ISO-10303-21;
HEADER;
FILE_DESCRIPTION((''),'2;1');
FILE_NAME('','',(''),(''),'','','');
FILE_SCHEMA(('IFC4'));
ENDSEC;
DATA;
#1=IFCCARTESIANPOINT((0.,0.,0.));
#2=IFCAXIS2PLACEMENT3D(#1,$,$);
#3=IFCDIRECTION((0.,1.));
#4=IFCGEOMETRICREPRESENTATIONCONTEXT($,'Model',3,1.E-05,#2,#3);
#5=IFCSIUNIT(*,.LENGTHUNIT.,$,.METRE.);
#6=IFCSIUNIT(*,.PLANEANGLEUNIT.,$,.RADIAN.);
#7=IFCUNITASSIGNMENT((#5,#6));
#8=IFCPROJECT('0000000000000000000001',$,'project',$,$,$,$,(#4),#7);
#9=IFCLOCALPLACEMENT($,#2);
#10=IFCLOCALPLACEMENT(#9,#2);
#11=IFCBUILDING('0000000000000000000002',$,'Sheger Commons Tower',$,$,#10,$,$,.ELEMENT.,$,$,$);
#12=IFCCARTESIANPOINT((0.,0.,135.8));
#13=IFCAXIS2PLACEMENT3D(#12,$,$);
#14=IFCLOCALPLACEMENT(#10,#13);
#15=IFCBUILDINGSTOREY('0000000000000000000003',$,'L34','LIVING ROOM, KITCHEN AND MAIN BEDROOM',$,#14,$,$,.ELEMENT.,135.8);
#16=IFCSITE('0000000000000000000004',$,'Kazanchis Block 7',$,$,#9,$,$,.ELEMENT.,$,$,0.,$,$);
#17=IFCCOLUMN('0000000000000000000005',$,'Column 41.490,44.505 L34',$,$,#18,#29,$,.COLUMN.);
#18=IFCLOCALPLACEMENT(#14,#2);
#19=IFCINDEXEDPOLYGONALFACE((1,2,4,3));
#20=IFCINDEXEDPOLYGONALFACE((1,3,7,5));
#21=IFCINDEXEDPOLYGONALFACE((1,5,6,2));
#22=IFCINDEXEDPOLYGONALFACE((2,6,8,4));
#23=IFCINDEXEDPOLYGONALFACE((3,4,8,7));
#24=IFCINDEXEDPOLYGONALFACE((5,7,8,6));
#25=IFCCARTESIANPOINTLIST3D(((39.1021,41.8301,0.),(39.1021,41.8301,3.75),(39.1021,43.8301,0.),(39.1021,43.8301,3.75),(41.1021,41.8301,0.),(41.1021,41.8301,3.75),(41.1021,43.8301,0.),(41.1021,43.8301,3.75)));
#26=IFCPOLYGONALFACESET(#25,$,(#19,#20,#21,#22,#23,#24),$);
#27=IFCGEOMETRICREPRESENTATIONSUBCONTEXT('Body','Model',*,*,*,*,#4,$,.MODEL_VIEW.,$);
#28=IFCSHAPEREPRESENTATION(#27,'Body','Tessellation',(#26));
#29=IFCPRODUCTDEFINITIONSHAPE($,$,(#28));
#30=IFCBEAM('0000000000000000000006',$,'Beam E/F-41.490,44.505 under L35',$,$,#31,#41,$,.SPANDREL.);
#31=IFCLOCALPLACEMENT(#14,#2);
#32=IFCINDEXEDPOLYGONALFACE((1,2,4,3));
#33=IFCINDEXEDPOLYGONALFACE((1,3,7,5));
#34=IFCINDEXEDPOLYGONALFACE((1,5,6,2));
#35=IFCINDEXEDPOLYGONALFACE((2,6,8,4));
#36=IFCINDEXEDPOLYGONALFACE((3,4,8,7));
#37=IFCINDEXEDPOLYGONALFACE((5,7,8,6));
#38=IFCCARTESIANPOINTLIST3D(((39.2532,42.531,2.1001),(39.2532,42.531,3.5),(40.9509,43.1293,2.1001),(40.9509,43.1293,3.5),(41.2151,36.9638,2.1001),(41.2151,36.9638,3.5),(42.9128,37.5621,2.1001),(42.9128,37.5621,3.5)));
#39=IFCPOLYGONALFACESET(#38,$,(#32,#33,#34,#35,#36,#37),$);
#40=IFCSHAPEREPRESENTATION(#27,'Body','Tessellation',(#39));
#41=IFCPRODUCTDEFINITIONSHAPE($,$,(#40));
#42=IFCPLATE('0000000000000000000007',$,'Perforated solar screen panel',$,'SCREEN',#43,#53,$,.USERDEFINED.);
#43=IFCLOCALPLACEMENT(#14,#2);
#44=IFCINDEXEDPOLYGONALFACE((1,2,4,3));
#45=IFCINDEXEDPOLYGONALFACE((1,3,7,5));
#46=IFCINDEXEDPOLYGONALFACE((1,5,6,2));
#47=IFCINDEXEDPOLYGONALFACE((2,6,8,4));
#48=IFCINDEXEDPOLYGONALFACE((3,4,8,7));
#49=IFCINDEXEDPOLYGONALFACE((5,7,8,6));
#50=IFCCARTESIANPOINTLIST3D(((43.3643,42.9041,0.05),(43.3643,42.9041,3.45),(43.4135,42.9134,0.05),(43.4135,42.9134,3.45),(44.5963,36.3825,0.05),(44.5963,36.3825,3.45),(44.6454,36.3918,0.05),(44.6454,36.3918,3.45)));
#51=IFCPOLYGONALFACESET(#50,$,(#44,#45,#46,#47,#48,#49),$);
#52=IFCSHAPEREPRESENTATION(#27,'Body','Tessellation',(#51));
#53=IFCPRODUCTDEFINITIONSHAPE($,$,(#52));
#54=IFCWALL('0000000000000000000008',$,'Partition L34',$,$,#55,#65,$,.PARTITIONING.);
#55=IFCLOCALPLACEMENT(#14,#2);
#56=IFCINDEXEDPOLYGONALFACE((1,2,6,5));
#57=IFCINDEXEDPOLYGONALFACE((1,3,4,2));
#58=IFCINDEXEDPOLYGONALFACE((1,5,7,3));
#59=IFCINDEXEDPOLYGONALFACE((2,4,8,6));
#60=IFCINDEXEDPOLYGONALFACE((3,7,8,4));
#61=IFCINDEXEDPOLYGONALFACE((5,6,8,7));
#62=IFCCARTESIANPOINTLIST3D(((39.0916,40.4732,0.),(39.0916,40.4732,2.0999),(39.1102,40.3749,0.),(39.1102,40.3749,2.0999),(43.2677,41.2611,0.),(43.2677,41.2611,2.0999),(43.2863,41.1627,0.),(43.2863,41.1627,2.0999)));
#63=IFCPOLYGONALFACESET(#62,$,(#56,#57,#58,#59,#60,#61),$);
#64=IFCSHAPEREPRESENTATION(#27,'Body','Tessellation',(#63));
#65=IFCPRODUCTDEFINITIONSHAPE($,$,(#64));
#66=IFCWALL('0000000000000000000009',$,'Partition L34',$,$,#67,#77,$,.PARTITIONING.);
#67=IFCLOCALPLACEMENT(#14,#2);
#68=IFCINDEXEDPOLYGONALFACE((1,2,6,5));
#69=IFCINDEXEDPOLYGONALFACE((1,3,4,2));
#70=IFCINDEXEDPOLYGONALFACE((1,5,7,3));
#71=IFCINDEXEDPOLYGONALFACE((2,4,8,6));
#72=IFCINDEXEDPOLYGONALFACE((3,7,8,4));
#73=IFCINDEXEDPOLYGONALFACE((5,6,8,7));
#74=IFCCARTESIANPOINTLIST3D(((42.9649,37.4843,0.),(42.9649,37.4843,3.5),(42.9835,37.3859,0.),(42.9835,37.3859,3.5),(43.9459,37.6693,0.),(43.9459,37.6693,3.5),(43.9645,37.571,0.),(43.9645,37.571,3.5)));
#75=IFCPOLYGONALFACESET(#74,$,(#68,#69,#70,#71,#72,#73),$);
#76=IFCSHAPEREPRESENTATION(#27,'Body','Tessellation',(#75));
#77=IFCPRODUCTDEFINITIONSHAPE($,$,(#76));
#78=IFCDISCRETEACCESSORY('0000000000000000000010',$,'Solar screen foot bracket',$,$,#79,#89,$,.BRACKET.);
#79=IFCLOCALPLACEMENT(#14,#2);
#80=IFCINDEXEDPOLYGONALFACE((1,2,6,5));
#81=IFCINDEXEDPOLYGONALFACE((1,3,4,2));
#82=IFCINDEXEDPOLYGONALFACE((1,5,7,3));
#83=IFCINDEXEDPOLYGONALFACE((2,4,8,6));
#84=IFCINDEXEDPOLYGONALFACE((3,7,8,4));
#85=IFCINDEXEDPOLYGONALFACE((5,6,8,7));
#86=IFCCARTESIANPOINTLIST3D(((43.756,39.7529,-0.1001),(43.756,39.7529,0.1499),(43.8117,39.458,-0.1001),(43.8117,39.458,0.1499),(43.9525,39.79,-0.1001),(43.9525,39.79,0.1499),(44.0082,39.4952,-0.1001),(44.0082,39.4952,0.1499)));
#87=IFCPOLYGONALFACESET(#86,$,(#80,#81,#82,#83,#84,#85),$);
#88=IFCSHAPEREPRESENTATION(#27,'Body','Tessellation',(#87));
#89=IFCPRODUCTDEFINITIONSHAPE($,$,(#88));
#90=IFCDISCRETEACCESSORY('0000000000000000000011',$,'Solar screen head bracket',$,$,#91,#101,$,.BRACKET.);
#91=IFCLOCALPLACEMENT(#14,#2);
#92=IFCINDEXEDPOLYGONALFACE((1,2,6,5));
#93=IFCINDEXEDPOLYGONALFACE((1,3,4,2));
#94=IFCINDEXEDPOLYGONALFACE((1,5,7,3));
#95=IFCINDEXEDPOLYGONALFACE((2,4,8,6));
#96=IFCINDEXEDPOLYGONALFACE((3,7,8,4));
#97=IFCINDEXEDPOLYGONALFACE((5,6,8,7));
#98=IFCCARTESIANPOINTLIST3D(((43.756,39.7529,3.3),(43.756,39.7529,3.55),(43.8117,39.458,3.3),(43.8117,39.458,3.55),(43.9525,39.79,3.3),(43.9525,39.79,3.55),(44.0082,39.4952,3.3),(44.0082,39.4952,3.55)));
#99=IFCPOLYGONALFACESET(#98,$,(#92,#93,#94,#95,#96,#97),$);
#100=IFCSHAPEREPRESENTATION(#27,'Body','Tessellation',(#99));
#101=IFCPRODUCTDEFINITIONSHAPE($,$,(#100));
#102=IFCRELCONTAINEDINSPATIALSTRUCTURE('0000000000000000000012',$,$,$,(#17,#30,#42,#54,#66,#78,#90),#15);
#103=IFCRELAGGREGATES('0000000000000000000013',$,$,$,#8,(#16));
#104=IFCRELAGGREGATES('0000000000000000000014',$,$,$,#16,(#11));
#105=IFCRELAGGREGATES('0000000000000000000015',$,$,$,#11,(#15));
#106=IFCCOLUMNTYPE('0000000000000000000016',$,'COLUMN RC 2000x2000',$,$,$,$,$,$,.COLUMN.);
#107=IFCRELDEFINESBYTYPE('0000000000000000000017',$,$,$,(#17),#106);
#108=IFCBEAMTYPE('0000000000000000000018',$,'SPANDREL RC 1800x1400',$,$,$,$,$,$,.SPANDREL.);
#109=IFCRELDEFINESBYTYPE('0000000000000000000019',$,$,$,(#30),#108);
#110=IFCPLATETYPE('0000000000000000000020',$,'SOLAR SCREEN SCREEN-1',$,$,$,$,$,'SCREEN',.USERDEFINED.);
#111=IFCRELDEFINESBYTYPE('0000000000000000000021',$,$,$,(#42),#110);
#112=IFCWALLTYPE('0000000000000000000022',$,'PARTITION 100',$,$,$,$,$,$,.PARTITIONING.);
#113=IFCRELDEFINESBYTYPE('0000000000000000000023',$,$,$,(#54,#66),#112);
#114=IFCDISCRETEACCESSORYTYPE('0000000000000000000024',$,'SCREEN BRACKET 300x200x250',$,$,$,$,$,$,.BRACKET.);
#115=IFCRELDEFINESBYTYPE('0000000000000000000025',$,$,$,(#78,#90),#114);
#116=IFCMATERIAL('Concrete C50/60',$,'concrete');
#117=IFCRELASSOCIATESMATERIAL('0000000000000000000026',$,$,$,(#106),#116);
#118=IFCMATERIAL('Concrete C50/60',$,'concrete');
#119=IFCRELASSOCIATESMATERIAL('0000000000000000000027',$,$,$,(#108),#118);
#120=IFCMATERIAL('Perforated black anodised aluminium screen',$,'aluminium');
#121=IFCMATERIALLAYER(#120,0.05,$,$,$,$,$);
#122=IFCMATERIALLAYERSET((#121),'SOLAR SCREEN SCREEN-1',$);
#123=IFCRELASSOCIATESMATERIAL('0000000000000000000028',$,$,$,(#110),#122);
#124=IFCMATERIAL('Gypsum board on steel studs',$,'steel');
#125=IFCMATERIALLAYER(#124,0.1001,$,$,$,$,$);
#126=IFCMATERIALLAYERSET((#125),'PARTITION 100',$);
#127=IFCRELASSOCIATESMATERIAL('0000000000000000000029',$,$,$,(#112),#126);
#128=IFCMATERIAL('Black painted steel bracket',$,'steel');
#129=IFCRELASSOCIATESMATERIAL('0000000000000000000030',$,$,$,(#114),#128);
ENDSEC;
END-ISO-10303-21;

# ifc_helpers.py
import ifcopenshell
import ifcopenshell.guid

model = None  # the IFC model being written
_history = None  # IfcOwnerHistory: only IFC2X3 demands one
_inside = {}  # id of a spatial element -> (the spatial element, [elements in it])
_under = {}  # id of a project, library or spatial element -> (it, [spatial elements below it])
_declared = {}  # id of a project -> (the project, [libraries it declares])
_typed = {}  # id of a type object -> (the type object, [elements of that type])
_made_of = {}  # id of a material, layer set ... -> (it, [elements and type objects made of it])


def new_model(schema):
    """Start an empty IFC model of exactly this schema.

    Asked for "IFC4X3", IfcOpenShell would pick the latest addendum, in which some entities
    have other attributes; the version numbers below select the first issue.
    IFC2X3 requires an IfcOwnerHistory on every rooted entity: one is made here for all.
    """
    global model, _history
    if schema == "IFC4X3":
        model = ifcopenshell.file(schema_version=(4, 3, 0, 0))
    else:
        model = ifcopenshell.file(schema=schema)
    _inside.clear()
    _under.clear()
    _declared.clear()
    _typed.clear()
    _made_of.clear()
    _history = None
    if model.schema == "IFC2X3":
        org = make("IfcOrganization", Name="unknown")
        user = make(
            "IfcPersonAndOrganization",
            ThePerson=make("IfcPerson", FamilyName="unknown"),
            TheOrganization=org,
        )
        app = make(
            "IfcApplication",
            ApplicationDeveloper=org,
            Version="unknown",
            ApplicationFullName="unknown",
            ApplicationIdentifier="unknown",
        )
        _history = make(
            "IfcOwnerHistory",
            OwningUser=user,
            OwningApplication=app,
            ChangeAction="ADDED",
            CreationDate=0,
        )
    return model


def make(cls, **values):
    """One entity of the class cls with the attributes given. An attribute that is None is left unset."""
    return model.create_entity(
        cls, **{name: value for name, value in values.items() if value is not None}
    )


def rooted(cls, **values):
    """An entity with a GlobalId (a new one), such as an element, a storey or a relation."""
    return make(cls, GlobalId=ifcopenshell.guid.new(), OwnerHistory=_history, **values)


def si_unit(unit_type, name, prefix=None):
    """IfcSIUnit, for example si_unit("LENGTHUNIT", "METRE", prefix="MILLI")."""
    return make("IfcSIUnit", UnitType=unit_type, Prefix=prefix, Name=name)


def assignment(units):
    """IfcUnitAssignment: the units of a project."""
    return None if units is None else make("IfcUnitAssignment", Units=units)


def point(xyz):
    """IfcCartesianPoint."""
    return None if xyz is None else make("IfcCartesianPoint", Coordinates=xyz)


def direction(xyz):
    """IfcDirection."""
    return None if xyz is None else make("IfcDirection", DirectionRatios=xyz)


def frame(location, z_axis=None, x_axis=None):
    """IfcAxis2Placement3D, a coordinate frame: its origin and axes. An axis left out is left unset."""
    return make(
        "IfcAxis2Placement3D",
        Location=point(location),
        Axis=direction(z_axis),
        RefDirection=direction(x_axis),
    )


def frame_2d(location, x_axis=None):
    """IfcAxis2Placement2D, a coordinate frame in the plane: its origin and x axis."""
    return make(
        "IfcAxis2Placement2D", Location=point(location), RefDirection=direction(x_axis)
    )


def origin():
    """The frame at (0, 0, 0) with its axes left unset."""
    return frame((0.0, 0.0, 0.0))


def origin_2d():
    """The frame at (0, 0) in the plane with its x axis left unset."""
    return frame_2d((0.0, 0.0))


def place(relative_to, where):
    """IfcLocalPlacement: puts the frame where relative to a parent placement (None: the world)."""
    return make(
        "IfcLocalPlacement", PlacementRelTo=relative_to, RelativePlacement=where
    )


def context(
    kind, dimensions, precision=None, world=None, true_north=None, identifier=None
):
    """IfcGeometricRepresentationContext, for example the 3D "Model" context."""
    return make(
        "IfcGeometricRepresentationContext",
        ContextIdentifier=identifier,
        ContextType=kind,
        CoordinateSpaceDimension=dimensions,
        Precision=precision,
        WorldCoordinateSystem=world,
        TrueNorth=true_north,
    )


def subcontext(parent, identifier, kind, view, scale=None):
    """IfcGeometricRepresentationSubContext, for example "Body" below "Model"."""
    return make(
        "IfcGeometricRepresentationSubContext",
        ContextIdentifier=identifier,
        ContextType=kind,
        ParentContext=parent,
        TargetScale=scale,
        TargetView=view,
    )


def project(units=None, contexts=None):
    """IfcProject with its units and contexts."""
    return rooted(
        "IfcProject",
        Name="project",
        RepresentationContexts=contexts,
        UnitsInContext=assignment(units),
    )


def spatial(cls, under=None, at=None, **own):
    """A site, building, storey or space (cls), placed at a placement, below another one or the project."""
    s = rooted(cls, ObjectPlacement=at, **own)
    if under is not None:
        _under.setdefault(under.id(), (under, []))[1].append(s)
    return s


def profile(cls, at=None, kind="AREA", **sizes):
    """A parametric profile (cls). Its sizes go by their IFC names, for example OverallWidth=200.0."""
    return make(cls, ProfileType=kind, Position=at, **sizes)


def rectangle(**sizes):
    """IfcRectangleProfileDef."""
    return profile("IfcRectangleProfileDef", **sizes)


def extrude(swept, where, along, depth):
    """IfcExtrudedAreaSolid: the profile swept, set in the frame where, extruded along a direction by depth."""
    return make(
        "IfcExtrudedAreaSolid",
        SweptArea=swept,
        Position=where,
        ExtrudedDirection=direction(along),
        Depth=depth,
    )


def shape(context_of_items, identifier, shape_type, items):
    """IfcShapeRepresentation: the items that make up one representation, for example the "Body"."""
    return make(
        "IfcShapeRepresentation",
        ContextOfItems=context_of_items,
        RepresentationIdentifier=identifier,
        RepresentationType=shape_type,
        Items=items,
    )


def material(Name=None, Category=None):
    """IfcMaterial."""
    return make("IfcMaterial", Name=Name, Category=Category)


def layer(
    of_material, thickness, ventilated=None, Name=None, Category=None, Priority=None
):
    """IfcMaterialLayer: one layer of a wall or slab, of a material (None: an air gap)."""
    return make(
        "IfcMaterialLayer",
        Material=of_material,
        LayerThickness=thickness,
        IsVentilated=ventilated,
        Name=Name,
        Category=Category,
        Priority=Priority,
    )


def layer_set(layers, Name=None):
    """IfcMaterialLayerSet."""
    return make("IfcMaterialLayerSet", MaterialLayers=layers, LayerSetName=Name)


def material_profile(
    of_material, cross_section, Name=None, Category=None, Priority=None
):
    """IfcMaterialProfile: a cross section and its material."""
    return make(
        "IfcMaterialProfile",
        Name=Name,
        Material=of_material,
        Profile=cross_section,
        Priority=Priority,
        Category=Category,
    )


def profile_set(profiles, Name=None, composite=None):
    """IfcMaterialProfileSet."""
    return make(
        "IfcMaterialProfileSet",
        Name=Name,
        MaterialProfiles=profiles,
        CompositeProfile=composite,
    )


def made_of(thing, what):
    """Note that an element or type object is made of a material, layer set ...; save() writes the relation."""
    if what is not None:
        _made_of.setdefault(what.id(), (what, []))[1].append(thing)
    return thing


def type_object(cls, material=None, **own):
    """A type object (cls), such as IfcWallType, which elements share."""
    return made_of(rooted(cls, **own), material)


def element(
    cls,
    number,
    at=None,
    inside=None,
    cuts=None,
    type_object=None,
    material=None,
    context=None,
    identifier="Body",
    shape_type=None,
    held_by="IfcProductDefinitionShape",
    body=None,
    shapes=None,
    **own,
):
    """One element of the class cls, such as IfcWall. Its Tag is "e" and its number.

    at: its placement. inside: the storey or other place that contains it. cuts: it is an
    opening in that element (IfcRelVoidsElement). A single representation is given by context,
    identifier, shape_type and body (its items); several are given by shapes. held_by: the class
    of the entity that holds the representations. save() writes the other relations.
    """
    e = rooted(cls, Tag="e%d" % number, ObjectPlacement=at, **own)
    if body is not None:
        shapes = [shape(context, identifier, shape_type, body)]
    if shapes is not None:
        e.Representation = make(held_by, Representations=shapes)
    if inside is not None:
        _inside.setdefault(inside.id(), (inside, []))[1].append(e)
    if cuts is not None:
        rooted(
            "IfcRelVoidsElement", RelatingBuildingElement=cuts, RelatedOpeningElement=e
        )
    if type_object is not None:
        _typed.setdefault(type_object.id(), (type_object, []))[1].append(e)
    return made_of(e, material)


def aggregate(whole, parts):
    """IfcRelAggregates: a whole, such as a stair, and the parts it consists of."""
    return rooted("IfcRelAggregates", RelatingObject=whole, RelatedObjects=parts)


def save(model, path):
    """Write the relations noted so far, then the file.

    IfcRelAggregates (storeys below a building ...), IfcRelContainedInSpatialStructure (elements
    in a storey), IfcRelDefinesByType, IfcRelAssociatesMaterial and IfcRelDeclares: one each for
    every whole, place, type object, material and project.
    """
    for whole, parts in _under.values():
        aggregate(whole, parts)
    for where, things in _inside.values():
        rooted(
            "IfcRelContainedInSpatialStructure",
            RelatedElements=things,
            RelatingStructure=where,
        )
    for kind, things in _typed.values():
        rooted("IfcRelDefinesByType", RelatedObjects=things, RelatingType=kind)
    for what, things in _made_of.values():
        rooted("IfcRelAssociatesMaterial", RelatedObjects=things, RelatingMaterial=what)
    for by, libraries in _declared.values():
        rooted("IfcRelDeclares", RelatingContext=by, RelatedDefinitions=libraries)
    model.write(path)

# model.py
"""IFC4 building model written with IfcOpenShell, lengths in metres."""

from ifc_helpers import new_model, si_unit, direction, frame, frame_2d, origin, origin_2d, place, context, subcontext, project, spatial, rectangle, extrude, material, layer, layer_set, material_profile, profile_set, type_object, element, save


model = new_model("IFC4")

# Units and contexts
model_context = context("Model", 3, precision=1e-05, world=origin(), true_north=direction((0.0, 1.0)))
body_context = subcontext(model_context, "Body", "Model", "MODEL_VIEW")
ifc_project = project(units=[si_unit("LENGTHUNIT", "METRE"), si_unit("PLANEANGLEUNIT", "RADIAN")], contexts=[model_context])

# Site, building, storey
site_placement = place(None, origin())
site = spatial("IfcSite", under=ifc_project, at=site_placement, Name="Kazanchis Block 7", CompositionType="ELEMENT", RefElevation=0.0)
building_placement = place(site_placement, origin())
building = spatial("IfcBuilding", under=site, at=building_placement, Name="Sheger Commons Tower", CompositionType="ELEMENT")
storey_placement = place(building_placement, frame((0.0, 0.0, 135.8)))
storey = spatial("IfcBuildingStorey", under=building, at=storey_placement, Name="L34", Description="LIVING ROOM, KITCHEN AND MAIN BEDROOM", CompositionType="ELEMENT", Elevation=135.8)

# Column
ifc_material_1 = material(Name="Concrete C50/60", Category="concrete")
ifc_material_profile_1 = material_profile(ifc_material_1, rectangle(XDim=2.0, YDim=2.0, at=origin_2d()), Name="RC 2000x2000")
ifc_profile_set_1 = profile_set([ifc_material_profile_1], Name="Concrete C50/60")
column_type = type_object("IfcColumnType", Name="COLUMN RC 2000x2000", PredefinedType="COLUMN", material=ifc_profile_set_1)
column_placement = place(storey_placement, frame((40.1021, 42.8301, 0.0), z_axis=(0.0, 0.0, 1.0), x_axis=(1.0, 0.0, 0.0)))
element("IfcColumn", 1, at=column_placement, inside=storey, type_object=column_type, Name="Column 41.490,44.505 L34", PredefinedType="COLUMN", context=body_context, shape_type="SweptSolid", body=[
    extrude(rectangle(XDim=2.0, YDim=2.0, at=origin_2d()), origin(), (0.0, 0.0, 1.0), 3.75),
])

# Beam
ifc_material_2 = material(Name="Concrete C50/60", Category="concrete")
ifc_material_profile_2 = material_profile(ifc_material_2, rectangle(XDim=1.8, YDim=1.3999, at=origin_2d()), Name="RC 1800x1400")
ifc_profile_set_2 = profile_set([ifc_material_profile_2], Name="Concrete C50/60")
beam_type = type_object("IfcBeamType", Name="SPANDREL RC 1800x1400", PredefinedType="SPANDREL", material=ifc_profile_set_2)
beam_placement = place(storey_placement, frame((42.064, 37.2629, 2.8), z_axis=(-0.332374, 0.943148, 0.0), x_axis=(-0.943148, -0.332374, 0.0)))
element("IfcBeam", 2, at=beam_placement, inside=storey, type_object=beam_type, Name="Beam E/F-41.490,44.505 under L35", PredefinedType="SPANDREL", context=body_context, shape_type="SweptSolid", body=[
    extrude(rectangle(XDim=1.8, YDim=1.3999, at=origin_2d()), origin(), (0.0, 0.0, 1.0), 5.9028),
])

# Plate
ifc_material_3 = material(Name="Perforated black anodised aluminium screen", Category="aluminium")
ifc_layer_1 = layer(ifc_material_3, 0.05)
ifc_layer_set_1 = layer_set([ifc_layer_1], Name="SOLAR SCREEN SCREEN-1")
plate_type = type_object("IfcPlateType", Name="SOLAR SCREEN SCREEN-1", ElementType="SCREEN", PredefinedType="USERDEFINED", material=ifc_layer_set_1)
plate_placement = place(storey_placement, frame((44.0049, 39.6479, 0.05), z_axis=(0.0, 0.0, 1.0), x_axis=(-0.185615, 0.982623, 0.0)))
element("IfcPlate", 3, at=plate_placement, inside=storey, type_object=plate_type, Name="Perforated solar screen panel", ObjectType="SCREEN", PredefinedType="USERDEFINED", context=body_context, shape_type="SweptSolid", body=[
    extrude(rectangle(XDim=6.637, YDim=0.05, at=origin_2d()), origin(), (0.0, 0.0, 1.0), 3.3999),
])

# Walls
ifc_material_4 = material(Name="Gypsum board on steel studs", Category="steel")
ifc_layer_2 = layer(ifc_material_4, 0.1001)
ifc_layer_set_2 = layer_set([ifc_layer_2], Name="PARTITION 100")
wall_type = type_object("IfcWallType", Name="PARTITION 100", PredefinedType="PARTITIONING", material=ifc_layer_set_2)
wall_1_placement = place(storey_placement, frame((43.2771, 41.2119, 0.0), z_axis=(0.0, 0.0, 1.0), x_axis=(-0.982665, -0.185388, 0.0)))
element("IfcWall", 4, at=wall_1_placement, inside=storey, type_object=wall_type, Name="Partition L34", PredefinedType="PARTITIONING", context=body_context, shape_type="SweptSolid", body=[
    extrude(rectangle(XDim=4.2498, YDim=0.1001, at=frame_2d((2.125, 0.0))), origin(), (0.0, 0.0, 1.0), 2.0999),
])
wall_2_placement = place(storey_placement, frame((43.9551, 37.6201, 0.0), z_axis=(0.0, 0.0, 1.0), x_axis=(-0.982667, -0.185381, 0.0)))
element("IfcWall", 5, at=wall_2_placement, inside=storey, type_object=wall_type, Name="Partition L34", PredefinedType="PARTITIONING", context=body_context, shape_type="SweptSolid", body=[
    extrude(rectangle(XDim=0.9983, YDim=0.1001, at=frame_2d((0.499, 0.0))), origin(), (0.0, 0.0, 1.0), 3.5),
])

# Discrete accessories
ifc_material_5 = material(Name="Black painted steel bracket", Category="steel")
discrete_accessory_type = type_object("IfcDiscreteAccessoryType", Name="SCREEN BRACKET 300x200x250", PredefinedType="BRACKET", material=ifc_material_5)
for number, where, z_axis, x_axis, name in (
    (6, (43.8821, 39.624, -0.1001), (0.0, 0.0, 1.0), (-0.185615, 0.982623, 0.0), "Solar screen foot bracket"),
    (7, (43.8821, 39.624, 3.3), (0.0, 0.0, 1.0), (-0.185615, 0.982623, 0.0), "Solar screen head bracket"),
):
    element("IfcDiscreteAccessory", number, at=place(storey_placement, frame(where, z_axis=z_axis, x_axis=x_axis)), inside=storey, type_object=discrete_accessory_type, Name=name, PredefinedType="BRACKET", context=body_context, shape_type="SweptSolid", body=[
        extrude(rectangle(XDim=0.3, YDim=0.2, at=origin_2d()), origin(), (0.0, 0.0, 1.0), 0.25),
    ])

save(model, "model.ifc")
